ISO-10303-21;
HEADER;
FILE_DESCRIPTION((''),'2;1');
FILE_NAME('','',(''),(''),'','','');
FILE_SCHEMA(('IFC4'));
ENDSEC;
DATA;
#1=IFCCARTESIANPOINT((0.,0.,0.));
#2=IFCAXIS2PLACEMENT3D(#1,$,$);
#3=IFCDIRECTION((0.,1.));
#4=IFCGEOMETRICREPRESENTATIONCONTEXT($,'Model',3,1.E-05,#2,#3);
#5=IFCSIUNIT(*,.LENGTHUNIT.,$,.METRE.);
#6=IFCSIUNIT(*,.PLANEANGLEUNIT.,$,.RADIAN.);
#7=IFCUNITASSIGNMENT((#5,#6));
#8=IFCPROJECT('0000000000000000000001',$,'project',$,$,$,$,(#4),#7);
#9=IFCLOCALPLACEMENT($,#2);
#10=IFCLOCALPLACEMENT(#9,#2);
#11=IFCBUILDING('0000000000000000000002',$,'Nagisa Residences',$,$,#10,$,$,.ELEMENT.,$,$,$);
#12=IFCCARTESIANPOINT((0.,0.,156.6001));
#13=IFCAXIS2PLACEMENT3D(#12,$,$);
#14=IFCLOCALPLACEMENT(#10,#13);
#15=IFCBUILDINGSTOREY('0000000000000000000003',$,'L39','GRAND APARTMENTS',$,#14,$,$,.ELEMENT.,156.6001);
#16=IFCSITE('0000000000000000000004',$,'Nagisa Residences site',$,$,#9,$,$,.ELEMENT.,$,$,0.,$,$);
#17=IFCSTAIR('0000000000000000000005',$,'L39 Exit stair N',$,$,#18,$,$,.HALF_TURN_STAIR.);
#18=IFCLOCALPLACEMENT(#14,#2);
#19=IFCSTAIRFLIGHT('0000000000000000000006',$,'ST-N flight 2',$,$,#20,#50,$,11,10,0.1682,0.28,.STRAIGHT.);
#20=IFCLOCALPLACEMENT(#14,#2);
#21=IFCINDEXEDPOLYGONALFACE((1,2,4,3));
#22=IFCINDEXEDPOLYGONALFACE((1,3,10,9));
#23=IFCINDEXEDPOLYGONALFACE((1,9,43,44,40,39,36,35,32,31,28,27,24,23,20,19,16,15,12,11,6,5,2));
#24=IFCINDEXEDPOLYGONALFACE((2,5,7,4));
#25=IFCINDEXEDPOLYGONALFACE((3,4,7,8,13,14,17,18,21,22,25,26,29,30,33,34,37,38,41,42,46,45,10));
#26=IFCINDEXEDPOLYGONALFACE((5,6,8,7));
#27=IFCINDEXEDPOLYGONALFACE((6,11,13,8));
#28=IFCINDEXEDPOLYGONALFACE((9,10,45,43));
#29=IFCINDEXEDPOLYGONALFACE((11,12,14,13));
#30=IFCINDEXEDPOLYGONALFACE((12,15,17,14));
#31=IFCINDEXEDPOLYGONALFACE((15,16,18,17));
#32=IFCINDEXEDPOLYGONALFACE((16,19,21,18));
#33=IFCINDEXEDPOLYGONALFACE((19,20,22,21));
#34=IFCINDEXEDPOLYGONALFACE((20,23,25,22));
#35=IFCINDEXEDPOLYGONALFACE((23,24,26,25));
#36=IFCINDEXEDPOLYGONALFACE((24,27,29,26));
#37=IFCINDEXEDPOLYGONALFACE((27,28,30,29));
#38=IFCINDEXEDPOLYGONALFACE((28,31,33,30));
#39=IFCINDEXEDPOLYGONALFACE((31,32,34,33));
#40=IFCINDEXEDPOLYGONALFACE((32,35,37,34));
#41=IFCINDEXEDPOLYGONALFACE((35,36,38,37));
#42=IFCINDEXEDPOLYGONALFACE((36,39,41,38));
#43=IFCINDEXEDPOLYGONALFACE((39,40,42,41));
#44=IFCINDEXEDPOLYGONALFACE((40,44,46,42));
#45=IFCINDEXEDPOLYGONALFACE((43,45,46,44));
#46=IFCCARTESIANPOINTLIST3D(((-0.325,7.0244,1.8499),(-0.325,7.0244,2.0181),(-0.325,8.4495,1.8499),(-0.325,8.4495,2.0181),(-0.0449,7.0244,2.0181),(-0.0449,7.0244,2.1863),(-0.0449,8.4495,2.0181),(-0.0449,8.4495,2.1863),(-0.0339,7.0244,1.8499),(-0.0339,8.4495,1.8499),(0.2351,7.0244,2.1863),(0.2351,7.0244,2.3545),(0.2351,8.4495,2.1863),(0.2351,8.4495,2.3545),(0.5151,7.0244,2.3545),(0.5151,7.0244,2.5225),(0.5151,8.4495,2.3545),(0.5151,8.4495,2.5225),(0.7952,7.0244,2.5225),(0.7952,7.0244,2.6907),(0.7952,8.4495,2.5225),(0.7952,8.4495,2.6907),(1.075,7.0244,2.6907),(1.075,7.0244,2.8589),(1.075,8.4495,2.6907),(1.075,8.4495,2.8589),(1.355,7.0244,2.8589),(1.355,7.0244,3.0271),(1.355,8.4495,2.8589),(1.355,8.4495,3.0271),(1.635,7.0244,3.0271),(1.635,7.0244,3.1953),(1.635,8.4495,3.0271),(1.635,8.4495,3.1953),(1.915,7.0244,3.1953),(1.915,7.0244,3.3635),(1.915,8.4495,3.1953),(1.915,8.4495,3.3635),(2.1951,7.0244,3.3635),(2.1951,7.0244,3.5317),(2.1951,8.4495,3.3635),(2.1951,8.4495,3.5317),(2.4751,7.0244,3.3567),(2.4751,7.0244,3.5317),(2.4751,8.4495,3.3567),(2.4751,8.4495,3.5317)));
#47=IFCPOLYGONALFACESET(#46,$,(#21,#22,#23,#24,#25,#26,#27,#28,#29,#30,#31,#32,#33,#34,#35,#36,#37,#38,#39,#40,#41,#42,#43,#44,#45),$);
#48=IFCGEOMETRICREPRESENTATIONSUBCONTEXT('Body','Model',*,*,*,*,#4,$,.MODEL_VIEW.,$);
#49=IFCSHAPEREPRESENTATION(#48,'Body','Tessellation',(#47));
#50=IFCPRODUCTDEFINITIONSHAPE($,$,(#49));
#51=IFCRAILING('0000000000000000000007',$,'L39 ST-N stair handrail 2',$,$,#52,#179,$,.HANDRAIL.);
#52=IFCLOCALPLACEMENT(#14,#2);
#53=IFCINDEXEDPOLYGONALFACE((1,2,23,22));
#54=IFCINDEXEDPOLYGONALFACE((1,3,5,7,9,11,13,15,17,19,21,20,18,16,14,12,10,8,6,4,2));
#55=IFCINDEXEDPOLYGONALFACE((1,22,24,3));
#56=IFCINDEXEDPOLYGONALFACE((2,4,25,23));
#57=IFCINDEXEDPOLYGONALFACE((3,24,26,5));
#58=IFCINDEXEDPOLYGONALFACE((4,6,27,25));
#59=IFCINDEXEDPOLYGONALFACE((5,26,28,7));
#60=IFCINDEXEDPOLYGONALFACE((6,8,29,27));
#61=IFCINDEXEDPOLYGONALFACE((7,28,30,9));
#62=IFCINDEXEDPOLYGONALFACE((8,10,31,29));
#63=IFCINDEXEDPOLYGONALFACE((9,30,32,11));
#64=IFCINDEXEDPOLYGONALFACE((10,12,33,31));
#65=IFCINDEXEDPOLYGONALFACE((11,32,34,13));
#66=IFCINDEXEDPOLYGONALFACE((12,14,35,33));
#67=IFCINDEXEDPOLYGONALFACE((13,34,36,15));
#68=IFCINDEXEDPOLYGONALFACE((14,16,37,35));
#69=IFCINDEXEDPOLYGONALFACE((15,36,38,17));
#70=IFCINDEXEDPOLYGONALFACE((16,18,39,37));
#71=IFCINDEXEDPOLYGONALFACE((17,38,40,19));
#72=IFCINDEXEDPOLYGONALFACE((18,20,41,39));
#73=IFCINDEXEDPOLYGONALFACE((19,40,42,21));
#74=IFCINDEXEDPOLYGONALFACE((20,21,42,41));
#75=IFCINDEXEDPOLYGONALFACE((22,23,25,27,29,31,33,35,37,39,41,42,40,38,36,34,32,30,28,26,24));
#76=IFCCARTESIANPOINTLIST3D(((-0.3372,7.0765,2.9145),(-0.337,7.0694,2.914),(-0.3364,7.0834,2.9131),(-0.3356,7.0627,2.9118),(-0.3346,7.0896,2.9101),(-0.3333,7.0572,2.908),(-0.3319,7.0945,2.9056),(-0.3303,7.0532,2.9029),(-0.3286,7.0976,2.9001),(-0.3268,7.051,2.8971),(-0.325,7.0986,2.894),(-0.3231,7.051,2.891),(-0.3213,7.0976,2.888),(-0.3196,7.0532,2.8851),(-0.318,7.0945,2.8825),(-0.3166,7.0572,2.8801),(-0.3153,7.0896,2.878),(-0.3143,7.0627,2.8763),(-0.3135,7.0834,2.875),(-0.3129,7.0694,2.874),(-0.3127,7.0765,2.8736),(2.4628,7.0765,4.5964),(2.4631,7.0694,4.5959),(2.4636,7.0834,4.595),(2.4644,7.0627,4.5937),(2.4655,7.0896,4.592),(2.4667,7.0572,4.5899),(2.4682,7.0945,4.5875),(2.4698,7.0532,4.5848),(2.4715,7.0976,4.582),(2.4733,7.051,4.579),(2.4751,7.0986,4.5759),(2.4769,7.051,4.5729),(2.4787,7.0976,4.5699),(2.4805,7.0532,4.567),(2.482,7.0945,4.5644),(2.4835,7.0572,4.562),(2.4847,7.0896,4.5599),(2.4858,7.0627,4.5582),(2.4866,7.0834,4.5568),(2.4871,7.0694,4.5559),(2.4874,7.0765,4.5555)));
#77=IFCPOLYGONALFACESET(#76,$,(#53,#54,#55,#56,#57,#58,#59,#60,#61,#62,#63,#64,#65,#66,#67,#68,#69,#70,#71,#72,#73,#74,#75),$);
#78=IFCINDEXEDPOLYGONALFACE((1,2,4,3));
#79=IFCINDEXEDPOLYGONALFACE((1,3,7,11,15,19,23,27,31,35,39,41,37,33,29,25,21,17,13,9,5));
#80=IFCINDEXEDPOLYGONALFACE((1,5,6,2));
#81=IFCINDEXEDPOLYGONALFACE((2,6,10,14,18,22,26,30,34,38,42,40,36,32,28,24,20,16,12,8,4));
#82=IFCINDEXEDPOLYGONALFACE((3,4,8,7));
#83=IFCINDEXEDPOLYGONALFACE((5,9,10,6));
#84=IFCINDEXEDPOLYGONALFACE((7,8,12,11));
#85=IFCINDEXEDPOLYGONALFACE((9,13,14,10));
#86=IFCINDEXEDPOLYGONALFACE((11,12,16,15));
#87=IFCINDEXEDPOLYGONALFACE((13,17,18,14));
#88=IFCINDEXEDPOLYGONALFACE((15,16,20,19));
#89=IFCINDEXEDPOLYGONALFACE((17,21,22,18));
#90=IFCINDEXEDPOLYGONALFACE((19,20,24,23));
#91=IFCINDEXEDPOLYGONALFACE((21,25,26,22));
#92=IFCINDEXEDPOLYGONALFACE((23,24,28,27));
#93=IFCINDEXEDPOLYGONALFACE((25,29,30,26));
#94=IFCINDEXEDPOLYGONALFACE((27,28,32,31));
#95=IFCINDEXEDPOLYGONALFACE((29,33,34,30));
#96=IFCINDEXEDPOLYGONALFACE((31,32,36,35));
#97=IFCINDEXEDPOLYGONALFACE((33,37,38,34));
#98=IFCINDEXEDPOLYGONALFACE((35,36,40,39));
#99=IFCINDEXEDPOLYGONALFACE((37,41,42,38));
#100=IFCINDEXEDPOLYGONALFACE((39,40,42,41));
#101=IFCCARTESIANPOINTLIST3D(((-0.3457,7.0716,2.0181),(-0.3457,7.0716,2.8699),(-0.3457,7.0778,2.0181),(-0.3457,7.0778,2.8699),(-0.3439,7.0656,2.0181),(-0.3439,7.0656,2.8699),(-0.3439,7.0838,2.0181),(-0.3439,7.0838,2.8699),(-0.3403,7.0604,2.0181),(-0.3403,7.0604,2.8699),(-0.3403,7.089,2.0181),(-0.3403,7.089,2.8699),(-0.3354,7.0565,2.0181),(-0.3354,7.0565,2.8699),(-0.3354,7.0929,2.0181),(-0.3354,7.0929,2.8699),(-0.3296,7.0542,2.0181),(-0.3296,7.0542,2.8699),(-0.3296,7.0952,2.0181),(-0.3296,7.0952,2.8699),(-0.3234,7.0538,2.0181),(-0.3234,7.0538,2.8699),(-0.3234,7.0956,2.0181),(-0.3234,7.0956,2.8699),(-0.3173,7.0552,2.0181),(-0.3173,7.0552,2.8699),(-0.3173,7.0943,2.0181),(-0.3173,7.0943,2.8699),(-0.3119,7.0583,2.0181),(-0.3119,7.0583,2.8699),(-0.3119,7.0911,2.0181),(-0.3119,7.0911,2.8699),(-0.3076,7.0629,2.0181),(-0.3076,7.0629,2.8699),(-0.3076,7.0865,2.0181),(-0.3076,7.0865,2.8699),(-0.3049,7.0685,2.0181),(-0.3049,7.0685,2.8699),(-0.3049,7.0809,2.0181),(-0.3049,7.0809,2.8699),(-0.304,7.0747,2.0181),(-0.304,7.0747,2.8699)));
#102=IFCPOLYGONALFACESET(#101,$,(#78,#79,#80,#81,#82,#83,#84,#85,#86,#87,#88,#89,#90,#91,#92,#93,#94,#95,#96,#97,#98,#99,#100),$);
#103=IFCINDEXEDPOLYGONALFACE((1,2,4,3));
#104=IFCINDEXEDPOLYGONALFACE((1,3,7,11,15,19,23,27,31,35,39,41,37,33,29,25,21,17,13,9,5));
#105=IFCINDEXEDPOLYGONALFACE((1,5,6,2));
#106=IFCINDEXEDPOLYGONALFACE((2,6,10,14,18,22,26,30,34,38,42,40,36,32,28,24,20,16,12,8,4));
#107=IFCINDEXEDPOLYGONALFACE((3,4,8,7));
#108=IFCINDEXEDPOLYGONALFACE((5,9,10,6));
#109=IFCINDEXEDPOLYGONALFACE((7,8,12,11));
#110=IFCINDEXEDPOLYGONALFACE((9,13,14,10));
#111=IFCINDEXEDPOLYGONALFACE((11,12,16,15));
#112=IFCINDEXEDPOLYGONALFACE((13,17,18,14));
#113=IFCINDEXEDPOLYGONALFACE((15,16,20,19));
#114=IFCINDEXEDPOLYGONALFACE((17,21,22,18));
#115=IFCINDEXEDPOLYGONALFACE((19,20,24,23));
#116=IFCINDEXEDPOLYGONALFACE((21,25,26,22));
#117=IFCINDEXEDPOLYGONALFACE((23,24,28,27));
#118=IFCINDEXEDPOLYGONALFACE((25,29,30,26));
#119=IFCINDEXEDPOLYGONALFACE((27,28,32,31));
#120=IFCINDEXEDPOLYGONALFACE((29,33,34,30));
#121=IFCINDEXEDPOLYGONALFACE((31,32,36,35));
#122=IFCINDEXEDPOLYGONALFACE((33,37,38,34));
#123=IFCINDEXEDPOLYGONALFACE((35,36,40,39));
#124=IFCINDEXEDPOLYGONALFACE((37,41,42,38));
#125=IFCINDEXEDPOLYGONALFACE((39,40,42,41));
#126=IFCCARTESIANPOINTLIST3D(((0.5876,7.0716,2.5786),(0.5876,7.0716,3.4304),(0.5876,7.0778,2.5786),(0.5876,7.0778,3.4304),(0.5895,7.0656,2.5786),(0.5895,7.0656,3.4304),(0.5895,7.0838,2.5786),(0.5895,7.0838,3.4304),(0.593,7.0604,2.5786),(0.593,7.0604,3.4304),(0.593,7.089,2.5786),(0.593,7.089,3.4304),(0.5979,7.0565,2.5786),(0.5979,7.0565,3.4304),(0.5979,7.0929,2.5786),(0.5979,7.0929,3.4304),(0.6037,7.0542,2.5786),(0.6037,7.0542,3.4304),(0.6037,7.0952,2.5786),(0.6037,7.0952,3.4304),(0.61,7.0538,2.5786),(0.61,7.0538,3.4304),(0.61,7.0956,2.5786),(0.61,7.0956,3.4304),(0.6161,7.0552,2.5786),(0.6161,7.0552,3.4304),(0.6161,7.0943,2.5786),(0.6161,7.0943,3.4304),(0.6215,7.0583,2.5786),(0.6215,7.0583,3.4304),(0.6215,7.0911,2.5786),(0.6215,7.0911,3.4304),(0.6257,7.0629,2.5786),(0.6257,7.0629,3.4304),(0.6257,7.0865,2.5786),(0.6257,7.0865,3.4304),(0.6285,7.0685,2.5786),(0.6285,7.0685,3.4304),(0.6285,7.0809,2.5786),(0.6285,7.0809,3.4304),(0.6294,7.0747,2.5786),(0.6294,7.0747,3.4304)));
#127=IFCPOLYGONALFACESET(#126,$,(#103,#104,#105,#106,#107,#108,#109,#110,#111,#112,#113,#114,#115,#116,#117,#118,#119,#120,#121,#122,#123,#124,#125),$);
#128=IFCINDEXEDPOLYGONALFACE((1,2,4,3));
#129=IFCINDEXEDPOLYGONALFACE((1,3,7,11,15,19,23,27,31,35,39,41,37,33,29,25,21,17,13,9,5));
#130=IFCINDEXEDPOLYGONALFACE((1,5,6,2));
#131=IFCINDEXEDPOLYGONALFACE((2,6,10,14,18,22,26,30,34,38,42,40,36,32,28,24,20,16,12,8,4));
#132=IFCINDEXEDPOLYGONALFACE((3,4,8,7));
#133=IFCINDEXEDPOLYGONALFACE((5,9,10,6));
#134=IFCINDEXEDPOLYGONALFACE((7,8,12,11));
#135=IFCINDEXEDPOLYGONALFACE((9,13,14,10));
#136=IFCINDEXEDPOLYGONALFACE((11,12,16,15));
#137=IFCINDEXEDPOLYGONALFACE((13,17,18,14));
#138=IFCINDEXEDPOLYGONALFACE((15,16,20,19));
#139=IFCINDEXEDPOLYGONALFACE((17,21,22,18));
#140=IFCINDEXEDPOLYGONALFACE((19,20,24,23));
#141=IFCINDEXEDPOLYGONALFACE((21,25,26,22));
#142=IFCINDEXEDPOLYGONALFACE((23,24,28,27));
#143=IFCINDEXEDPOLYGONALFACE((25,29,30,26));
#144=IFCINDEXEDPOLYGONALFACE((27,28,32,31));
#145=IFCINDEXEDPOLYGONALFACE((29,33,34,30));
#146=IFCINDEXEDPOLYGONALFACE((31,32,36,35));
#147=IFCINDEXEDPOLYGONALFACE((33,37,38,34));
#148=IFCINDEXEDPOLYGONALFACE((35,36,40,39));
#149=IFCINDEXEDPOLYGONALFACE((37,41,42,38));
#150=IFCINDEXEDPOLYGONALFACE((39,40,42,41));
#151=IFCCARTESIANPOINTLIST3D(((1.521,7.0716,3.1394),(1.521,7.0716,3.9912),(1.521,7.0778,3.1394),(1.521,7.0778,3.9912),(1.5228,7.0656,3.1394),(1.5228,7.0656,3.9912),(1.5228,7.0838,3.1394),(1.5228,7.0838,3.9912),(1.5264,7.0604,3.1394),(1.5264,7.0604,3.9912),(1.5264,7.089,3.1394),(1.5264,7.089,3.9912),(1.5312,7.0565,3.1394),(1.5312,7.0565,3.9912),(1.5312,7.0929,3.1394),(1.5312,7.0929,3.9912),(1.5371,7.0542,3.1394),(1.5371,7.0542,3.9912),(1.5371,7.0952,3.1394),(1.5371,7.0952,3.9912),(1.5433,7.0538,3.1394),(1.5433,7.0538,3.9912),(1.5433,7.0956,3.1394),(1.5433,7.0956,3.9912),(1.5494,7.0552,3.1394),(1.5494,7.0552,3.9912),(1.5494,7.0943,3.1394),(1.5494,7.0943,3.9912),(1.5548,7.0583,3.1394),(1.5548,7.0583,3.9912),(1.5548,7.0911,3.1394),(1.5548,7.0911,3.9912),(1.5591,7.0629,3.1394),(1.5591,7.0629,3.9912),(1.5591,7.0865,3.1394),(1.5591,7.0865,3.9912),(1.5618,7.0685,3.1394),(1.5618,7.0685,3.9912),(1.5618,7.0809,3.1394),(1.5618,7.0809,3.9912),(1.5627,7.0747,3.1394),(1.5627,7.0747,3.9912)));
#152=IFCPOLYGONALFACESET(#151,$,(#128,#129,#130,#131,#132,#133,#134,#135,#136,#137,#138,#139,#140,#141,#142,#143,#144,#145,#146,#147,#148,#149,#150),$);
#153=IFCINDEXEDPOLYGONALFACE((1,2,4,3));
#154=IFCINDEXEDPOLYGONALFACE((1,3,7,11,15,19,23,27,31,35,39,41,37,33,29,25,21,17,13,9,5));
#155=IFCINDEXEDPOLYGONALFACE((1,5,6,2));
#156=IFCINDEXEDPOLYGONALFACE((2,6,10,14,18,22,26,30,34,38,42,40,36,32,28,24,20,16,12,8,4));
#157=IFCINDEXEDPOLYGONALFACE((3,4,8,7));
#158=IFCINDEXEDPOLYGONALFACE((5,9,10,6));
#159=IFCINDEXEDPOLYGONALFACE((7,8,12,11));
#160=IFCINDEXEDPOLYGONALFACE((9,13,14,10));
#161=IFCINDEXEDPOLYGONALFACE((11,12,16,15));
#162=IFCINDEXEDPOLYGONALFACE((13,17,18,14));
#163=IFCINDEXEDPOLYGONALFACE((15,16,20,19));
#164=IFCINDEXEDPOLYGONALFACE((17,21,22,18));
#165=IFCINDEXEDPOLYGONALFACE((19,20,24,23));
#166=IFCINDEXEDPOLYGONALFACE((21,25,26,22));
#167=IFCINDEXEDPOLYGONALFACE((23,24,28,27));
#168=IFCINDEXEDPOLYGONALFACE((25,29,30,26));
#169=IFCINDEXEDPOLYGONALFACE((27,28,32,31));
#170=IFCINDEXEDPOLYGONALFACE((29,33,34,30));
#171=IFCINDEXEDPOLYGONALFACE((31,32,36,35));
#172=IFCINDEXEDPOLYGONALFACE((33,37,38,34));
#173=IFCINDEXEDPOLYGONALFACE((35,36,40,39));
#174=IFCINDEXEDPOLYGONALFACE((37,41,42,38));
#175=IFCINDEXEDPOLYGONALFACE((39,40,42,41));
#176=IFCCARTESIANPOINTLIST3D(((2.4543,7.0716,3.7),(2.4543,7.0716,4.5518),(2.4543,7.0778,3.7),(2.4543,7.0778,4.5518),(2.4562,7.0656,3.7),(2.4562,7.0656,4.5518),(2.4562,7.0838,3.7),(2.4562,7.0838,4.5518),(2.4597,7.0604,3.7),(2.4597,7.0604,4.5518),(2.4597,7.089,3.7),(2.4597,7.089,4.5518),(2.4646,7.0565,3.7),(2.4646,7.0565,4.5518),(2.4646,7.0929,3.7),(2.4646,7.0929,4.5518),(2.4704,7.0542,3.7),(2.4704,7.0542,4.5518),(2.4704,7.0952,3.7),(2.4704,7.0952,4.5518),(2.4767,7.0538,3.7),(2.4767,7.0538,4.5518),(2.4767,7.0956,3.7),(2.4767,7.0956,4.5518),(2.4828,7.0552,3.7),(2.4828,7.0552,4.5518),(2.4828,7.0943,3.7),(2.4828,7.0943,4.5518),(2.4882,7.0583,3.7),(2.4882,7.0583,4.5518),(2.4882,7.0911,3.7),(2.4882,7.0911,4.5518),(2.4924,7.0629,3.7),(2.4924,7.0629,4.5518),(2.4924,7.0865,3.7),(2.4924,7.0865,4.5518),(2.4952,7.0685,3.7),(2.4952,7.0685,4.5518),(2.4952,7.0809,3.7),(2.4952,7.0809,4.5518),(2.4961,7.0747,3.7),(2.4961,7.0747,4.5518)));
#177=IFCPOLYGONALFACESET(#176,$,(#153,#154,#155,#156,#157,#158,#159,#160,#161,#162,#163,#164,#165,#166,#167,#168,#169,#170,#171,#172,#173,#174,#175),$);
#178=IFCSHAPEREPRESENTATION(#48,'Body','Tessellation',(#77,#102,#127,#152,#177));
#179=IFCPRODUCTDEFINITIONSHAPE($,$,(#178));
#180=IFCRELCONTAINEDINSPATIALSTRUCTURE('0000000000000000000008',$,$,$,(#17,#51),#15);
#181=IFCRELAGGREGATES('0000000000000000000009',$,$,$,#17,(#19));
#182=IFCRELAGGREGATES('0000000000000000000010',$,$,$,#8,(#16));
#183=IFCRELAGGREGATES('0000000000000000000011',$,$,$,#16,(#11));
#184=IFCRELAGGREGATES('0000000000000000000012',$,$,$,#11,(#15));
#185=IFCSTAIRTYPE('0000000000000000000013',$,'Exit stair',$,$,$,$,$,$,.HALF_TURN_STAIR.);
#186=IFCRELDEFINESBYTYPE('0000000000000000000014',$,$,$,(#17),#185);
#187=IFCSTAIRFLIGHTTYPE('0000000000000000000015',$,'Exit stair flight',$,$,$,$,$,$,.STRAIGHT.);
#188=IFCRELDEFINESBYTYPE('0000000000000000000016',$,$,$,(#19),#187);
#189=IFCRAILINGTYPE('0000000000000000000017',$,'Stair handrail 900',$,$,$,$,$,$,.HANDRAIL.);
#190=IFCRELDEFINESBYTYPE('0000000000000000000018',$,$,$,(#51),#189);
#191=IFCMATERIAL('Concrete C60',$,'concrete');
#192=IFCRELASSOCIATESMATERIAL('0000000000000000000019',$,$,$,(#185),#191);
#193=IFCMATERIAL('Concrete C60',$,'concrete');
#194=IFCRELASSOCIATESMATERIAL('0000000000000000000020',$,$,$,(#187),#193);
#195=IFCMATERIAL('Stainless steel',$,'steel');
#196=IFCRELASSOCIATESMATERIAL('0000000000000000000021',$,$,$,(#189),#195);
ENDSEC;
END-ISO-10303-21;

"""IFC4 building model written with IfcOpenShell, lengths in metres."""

from ifc_helpers import new_model, si_unit, direction, frame, origin, origin_2d, place, context, subcontext, project, spatial, polyline, circle, outline, extrude, material, type_object, element, aggregate, save


model = new_model("IFC4")

# Units and contexts
model_context = context("Model", 3, precision=1e-05, world=origin(), true_north=direction((0.0, 1.0)))
body_context = subcontext(model_context, "Body", "Model", "MODEL_VIEW")
ifc_project = project(units=[si_unit("LENGTHUNIT", "METRE"), si_unit("PLANEANGLEUNIT", "RADIAN")], contexts=[model_context])

# Site, building, storey
site_placement = place(None, origin())
site = spatial("IfcSite", under=ifc_project, at=site_placement, Name="Nagisa Residences site", CompositionType="ELEMENT", RefElevation=0.0)
building_placement = place(site_placement, origin())
building = spatial("IfcBuilding", under=site, at=building_placement, Name="Nagisa Residences", CompositionType="ELEMENT")
storey_placement = place(building_placement, frame((0.0, 0.0, 156.6001)))
storey = spatial("IfcBuildingStorey", under=building, at=storey_placement, Name="L39", Description="GRAND APARTMENTS", CompositionType="ELEMENT", Elevation=156.6001)

# Stair, stair flight
ifc_material_1 = material(Name="Concrete C60", Category="concrete")
stair_type = type_object("IfcStairType", Name="Exit stair", PredefinedType="HALF_TURN_STAIR", material=ifc_material_1)
stair_placement = place(storey_placement, origin())
stair = element("IfcStair", 1, at=stair_placement, inside=storey, type_object=stair_type, Name="L39 Exit stair N", PredefinedType="HALF_TURN_STAIR")
ifc_material_2 = material(Name="Concrete C60", Category="concrete")
stair_flight_type = type_object("IfcStairFlightType", Name="Exit stair flight", PredefinedType="STRAIGHT", material=ifc_material_2)
stair_flight_placement = place(storey_placement, frame((-0.325, 7.7371, 1.8499), z_axis=(0.0, 0.0, 1.0), x_axis=(1.0, 0.0, 0.0)))
stair_flight = element("IfcStairFlight", 2, at=stair_flight_placement, type_object=stair_flight_type, Name="ST-N flight 2", NumberOfRisers=11, NumberOfTreads=10, PredefinedType="STRAIGHT", RiserHeight=0.1682, TreadLength=0.28, context=body_context, shape_type="SweptSolid", body=[
    extrude(outline(polyline([(0.0, 0.0), (0.0, 0.1682), (0.28, 0.1682), (0.28, 0.3364), (0.5601, 0.3364), (0.5601, 0.5046), (0.8401, 0.5046), (0.8401, 0.6726), (1.1201, 0.6726), (1.1201, 0.8408), (1.3999, 0.8408), (1.3999, 1.009), (1.6799, 1.009), (1.6799, 1.1772), (1.96, 1.1772), (1.96, 1.3455), (2.24, 1.3455), (2.24, 1.5137), (2.52, 1.5137), (2.52, 1.6819), (2.8, 1.6819), (2.8, 1.8501), (2.8, 1.5068), (0.291, 0.0), (0.0, 0.0)])), frame((0.0, 0.7124, 0.0), z_axis=(0.0, -1.0, 0.0), x_axis=(1.0, 0.0, 0.0)), (0.0, 0.0, 1.0), 1.425),
])
aggregate(stair, [stair_flight])

# Railing
ifc_material_3 = material(Name="Stainless steel", Category="steel")
railing_type = type_object("IfcRailingType", Name="Stair handrail 900", PredefinedType="HANDRAIL", material=ifc_material_3)
railing_placement = place(storey_placement, frame((-0.325, 7.0747, 2.0181)))
element("IfcRailing", 3, at=railing_placement, inside=storey, type_object=railing_type, Name="L39 ST-N stair handrail 2", PredefinedType="HANDRAIL", context=body_context, shape_type="SweptSolid", body=[
    extrude(circle(Radius=0.0239, at=origin_2d()), frame((0.0, 0.0, 0.876), z_axis=(0.857242, 0.0, 0.514913), x_axis=(0.0, 1.0, 0.0)), (0.0, 0.0, 1.0), 3.2664),
    extrude(circle(Radius=0.021, at=origin_2d()), origin(), (0.0, 0.0, 1.0), 0.8518),
    extrude(circle(Radius=0.021, at=origin_2d()), frame((0.9333, 0.0, 0.5605)), (0.0, 0.0, 1.0), 0.8518),
    extrude(circle(Radius=0.021, at=origin_2d()), frame((1.8667, 0.0, 1.1213)), (0.0, 0.0, 1.0), 0.8518),
    extrude(circle(Radius=0.021, at=origin_2d()), frame((2.8, 0.0, 1.6819)), (0.0, 0.0, 1.0), 0.8518),
])

save(model, "model.ifc")
